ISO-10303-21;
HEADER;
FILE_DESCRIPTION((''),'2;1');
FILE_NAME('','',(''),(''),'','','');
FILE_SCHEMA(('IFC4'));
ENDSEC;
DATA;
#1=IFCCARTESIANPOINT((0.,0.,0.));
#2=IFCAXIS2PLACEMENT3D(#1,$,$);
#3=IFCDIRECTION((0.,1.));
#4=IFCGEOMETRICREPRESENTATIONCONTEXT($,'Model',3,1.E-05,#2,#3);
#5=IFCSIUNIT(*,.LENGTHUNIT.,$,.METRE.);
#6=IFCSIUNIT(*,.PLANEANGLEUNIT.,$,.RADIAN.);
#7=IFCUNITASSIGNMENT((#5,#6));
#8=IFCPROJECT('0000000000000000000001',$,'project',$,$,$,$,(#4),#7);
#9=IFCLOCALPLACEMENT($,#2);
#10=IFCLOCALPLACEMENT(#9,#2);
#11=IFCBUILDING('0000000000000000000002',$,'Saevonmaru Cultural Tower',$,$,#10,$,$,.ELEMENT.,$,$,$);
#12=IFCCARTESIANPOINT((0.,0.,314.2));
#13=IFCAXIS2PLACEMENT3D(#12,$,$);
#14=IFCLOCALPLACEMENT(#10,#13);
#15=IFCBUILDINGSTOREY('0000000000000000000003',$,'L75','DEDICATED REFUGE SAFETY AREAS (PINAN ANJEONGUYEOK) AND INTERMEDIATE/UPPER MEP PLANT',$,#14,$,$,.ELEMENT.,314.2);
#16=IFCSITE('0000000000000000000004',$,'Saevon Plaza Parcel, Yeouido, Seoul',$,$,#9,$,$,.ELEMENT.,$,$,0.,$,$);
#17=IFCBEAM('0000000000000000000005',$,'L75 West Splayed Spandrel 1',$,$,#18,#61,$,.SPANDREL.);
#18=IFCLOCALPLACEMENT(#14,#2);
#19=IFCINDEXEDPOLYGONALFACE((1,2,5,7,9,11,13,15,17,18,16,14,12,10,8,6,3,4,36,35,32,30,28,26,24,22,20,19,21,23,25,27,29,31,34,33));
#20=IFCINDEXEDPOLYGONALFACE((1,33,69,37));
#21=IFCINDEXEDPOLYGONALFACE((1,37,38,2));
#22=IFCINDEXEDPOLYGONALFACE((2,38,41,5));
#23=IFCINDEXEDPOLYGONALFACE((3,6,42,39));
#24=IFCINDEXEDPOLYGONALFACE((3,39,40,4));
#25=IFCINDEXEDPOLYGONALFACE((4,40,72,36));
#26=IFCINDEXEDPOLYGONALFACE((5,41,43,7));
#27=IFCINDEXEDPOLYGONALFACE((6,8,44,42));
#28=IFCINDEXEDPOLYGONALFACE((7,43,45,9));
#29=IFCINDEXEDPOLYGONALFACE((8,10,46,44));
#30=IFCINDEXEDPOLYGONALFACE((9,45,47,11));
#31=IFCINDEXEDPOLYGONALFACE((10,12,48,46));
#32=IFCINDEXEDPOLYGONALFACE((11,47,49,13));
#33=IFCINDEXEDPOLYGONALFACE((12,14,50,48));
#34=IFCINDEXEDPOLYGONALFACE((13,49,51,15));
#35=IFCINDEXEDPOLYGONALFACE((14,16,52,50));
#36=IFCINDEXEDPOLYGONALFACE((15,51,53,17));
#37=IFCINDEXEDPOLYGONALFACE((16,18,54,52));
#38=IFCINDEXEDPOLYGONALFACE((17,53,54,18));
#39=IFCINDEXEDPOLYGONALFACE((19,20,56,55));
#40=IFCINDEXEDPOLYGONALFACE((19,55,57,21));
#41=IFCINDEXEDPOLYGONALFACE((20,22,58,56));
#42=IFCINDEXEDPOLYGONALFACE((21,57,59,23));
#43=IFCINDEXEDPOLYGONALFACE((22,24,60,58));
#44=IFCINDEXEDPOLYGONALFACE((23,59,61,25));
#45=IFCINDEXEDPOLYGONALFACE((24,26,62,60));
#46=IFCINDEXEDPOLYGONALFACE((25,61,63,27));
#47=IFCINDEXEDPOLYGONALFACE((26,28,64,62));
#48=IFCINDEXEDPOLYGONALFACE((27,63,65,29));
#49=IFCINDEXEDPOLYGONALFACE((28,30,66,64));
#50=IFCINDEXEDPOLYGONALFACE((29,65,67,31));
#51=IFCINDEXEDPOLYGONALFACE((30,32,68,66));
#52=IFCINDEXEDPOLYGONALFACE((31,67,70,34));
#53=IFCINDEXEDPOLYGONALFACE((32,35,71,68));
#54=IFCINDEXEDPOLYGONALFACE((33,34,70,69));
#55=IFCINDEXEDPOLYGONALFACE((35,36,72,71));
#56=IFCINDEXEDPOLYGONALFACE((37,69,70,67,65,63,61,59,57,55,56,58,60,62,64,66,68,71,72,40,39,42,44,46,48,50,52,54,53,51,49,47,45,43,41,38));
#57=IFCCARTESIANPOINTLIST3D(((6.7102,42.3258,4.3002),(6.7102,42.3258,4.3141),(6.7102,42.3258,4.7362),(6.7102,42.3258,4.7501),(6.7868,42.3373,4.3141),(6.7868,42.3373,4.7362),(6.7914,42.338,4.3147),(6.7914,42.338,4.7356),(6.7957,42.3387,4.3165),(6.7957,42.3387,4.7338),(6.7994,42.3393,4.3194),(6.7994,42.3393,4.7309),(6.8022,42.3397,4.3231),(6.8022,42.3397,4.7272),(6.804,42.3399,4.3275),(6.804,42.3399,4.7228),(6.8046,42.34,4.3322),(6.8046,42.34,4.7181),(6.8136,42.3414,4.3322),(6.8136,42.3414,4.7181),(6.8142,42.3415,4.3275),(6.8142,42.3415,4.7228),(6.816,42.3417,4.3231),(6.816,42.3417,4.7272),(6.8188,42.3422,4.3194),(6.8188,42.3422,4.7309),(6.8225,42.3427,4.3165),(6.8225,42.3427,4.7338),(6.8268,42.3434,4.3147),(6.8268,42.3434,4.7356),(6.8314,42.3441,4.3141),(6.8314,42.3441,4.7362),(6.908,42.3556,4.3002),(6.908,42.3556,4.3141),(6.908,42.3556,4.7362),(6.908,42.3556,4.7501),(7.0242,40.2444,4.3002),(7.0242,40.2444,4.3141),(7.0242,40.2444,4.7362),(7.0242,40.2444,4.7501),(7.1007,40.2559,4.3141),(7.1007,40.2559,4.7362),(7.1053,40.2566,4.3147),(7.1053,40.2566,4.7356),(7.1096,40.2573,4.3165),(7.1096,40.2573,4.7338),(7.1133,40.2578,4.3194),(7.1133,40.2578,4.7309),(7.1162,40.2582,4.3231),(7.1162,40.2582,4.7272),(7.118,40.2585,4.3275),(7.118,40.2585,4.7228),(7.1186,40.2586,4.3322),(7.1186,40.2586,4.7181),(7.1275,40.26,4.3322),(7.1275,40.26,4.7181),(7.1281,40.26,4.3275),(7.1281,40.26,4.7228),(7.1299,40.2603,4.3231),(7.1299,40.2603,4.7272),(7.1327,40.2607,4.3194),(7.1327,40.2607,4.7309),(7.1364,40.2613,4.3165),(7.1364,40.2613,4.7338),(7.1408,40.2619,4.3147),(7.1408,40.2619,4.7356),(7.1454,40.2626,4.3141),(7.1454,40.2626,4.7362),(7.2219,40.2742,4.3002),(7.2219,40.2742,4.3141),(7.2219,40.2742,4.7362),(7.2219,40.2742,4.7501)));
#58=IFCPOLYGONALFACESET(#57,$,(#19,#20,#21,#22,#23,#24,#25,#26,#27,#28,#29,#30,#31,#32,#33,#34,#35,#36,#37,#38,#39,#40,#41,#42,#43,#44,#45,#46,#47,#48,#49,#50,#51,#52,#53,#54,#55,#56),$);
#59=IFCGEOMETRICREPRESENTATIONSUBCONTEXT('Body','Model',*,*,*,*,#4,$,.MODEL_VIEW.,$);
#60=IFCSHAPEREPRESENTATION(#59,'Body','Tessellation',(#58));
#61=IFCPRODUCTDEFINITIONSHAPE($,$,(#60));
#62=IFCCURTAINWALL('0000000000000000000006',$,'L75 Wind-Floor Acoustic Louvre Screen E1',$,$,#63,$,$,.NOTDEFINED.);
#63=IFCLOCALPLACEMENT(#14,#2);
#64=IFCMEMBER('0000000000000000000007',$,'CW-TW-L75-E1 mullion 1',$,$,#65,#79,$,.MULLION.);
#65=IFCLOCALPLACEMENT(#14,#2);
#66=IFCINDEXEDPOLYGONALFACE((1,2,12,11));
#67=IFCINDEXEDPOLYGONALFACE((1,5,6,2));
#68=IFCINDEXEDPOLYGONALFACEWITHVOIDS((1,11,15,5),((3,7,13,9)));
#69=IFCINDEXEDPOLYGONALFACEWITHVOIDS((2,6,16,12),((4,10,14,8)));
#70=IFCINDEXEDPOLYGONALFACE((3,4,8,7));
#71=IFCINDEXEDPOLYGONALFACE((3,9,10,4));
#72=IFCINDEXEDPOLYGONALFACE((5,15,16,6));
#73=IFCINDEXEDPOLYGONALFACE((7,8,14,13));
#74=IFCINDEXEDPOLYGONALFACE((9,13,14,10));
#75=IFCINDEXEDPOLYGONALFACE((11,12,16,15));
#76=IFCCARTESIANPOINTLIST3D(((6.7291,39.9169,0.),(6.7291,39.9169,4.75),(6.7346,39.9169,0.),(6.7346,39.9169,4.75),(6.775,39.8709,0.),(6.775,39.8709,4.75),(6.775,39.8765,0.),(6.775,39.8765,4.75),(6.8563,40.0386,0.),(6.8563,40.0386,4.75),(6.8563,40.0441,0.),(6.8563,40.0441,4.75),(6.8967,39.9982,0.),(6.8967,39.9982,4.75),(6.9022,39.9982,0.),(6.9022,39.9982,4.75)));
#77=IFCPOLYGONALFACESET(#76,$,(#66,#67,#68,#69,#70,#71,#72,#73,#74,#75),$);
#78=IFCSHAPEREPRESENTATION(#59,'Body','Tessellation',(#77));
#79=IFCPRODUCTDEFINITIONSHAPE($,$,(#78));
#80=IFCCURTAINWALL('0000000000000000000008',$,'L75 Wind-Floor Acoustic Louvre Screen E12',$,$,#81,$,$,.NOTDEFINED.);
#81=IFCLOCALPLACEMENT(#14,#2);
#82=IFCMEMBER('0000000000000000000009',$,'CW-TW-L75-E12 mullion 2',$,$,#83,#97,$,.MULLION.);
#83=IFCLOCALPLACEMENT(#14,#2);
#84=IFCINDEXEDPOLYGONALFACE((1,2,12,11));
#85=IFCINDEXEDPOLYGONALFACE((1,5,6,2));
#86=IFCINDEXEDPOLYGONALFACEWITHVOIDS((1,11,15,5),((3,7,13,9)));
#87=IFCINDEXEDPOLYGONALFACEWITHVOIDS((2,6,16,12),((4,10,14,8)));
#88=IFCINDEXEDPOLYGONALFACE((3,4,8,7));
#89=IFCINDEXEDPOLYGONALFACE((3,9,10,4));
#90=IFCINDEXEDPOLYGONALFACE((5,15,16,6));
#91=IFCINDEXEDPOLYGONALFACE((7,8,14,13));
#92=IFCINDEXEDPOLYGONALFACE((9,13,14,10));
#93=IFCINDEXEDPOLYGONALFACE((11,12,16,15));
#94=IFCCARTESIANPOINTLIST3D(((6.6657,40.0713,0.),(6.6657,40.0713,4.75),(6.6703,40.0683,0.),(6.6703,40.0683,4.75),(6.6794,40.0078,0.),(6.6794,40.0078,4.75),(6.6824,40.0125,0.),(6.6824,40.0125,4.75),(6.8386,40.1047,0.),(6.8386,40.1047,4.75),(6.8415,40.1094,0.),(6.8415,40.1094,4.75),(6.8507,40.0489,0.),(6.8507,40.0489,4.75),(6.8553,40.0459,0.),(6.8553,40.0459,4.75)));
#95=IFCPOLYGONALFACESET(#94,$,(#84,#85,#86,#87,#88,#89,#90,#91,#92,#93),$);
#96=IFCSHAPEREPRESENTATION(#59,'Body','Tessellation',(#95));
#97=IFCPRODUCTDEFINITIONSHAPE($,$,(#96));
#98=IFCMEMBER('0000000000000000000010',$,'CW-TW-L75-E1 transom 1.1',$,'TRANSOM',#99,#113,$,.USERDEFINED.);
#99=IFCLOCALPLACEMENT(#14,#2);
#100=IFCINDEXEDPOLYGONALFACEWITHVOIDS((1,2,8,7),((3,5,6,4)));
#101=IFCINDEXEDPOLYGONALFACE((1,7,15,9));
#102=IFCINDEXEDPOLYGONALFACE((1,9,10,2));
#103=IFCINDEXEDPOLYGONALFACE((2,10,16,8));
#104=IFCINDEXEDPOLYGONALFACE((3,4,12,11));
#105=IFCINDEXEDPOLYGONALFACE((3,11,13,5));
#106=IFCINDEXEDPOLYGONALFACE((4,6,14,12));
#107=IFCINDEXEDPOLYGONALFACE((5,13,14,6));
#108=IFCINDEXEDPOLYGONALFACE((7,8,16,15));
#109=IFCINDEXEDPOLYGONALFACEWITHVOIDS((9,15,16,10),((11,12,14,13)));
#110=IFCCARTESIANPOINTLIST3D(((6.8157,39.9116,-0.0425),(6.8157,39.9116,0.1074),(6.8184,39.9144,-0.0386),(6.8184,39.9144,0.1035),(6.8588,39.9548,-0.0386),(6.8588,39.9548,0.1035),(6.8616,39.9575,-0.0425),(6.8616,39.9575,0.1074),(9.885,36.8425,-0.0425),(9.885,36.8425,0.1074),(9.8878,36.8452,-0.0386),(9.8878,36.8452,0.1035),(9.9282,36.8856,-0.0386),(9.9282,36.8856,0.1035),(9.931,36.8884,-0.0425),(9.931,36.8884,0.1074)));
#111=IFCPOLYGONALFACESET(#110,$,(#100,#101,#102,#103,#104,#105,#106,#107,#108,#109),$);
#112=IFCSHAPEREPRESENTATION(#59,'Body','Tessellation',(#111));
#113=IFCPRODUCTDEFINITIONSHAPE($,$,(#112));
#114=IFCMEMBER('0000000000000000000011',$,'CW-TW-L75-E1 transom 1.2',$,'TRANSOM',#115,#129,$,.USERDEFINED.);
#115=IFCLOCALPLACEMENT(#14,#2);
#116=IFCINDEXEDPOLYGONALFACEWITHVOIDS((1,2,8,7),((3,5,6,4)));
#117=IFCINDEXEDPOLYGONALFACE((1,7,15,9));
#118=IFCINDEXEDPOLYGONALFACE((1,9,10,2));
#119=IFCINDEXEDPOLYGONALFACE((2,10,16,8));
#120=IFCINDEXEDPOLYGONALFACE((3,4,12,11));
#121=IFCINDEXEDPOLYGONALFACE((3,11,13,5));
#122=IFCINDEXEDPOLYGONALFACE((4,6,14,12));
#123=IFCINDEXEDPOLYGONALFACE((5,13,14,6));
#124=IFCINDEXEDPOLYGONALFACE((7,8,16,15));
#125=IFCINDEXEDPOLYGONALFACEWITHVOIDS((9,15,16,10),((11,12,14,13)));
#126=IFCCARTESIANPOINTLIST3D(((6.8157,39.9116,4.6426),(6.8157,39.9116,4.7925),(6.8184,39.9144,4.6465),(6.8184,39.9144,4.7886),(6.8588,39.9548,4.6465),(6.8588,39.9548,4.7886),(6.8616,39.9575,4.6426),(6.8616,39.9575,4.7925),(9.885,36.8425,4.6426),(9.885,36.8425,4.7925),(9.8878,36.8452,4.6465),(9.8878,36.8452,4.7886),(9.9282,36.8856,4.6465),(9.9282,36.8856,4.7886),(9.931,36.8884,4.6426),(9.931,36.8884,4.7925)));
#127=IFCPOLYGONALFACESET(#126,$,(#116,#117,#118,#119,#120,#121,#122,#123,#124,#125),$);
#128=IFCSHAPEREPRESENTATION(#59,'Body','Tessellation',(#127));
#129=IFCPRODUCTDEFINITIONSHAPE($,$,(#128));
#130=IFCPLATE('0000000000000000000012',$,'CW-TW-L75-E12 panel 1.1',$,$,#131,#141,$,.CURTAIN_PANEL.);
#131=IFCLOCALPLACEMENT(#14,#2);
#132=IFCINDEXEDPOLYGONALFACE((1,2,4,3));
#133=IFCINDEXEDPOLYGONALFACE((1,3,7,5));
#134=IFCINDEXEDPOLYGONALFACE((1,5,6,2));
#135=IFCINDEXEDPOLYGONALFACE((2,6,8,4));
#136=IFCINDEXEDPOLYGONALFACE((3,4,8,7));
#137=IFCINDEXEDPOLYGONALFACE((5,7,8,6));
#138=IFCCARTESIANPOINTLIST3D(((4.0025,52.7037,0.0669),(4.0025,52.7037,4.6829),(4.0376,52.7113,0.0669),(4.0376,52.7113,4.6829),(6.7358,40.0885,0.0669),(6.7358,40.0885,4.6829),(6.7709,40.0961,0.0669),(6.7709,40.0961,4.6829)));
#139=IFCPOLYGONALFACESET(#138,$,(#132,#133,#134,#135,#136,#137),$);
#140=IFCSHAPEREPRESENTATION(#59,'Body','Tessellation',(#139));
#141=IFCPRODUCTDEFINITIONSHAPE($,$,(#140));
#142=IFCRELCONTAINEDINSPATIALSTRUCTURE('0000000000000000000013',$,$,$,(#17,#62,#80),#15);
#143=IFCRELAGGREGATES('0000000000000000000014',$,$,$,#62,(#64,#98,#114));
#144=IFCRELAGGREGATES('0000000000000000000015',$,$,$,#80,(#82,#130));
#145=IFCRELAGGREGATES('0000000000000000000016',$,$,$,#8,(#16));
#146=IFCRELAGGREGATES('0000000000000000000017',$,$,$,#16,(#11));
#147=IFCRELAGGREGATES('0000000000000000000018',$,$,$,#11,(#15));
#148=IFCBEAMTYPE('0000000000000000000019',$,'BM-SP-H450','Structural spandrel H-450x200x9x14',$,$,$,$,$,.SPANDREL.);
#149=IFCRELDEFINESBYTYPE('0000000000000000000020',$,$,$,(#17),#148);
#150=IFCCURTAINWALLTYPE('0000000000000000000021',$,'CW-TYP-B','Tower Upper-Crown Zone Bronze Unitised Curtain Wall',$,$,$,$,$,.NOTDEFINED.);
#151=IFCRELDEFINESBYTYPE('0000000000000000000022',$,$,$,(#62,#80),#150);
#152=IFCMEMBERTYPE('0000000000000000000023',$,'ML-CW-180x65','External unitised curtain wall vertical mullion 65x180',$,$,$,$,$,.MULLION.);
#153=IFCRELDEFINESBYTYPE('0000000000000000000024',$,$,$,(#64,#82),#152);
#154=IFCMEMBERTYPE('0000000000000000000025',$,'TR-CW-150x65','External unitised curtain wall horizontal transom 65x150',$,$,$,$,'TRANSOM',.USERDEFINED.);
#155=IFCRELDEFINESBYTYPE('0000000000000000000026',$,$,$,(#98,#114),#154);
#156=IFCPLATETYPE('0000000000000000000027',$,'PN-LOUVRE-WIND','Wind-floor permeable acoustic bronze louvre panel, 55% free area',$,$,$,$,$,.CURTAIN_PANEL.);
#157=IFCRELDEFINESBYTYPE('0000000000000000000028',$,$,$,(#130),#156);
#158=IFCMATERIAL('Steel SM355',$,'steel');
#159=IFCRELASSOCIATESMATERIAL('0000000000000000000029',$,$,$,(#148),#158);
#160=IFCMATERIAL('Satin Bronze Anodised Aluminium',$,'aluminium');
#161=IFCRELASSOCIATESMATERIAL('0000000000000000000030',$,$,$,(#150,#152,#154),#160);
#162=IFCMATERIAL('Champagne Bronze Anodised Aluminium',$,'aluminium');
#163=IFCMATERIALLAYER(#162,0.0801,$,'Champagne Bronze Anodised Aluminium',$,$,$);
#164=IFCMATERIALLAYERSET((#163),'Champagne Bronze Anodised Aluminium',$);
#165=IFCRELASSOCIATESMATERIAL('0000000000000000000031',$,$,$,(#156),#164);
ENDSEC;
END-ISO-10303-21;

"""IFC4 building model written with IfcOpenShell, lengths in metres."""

from ifc_helpers import new_model, si_unit, direction, frame, origin, origin_2d, place, context, subcontext, project, spatial, rectangle, hollow_rectangle, i_section, extrude, material, layer, layer_set, material_profile, profile_set, type_object, element, aggregate, save


model = new_model("IFC4")

# Units and contexts
model_context = context("Model", 3, precision=1e-05, world=origin(), true_north=direction((0.0, 1.0)))
body_context = subcontext(model_context, "Body", "Model", "MODEL_VIEW")
ifc_project = project(units=[si_unit("LENGTHUNIT", "METRE"), si_unit("PLANEANGLEUNIT", "RADIAN")], contexts=[model_context])

# Site, building, storey
site_placement = place(None, origin())
site = spatial("IfcSite", under=ifc_project, at=site_placement, Name="Saevon Plaza Parcel, Yeouido, Seoul", CompositionType="ELEMENT", RefElevation=0.0)
building_placement = place(site_placement, origin())
building = spatial("IfcBuilding", under=site, at=building_placement, Name="Saevonmaru Cultural Tower", CompositionType="ELEMENT")
storey_placement = place(building_placement, frame((0.0, 0.0, 314.2)))
storey = spatial("IfcBuildingStorey", under=building, at=storey_placement, Name="L75", Description="DEDICATED REFUGE SAFETY AREAS (PINAN ANJEONGUYEOK) AND INTERMEDIATE/UPPER MEP PLANT", CompositionType="ELEMENT", Elevation=314.2)

# Shared definitions
ifc_material_1 = material(Name="Steel SM355", Category="steel")

# Beam
ifc_material_profile_1 = material_profile(ifc_material_1, i_section(OverallWidth=0.2, OverallDepth=0.45, WebThickness=0.009, FlangeThickness=0.0139, FilletRadius=0.0181, at=origin_2d()), Name="H-450x200x9x14")
ifc_profile_set_1 = profile_set([ifc_material_profile_1], Name="Steel SM355")
beam_type_1 = type_object("IfcBeamType", Name="BM-SP-H450", Description="Structural spandrel H-450x200x9x14", PredefinedType="SPANDREL", material=ifc_profile_set_1)
beam_1_placement = place(storey_placement, frame((7.123, 40.2593, 4.5251), z_axis=(-0.149146, 0.988815, 0.0), x_axis=(-0.988815, -0.149146, 0.0)))
element("IfcBeam", 1, at=beam_1_placement, inside=storey, type_object=beam_type_1, Name="L75 West Splayed Spandrel 1", PredefinedType="SPANDREL", context=body_context, shape_type="SweptSolid", body=[
    extrude(i_section(OverallWidth=0.2, OverallDepth=0.45, WebThickness=0.009, FlangeThickness=0.0139, FilletRadius=0.0181, at=origin_2d()), origin(), (0.0, 0.0, 1.0), 2.105),
])

# Curtain walls, members
ifc_material_2 = material(Name="Satin Bronze Anodised Aluminium", Category="aluminium")
curtain_wall_type = type_object("IfcCurtainWallType", Name="CW-TYP-B", Description="Tower Upper-Crown Zone Bronze Unitised Curtain Wall", PredefinedType="NOTDEFINED", material=ifc_material_2)
curtain_wall_1_placement = place(storey_placement, origin())
curtain_wall_1 = element("IfcCurtainWall", 2, at=curtain_wall_1_placement, inside=storey, type_object=curtain_wall_type, Name="L75 Wind-Floor Acoustic Louvre Screen E1", PredefinedType="NOTDEFINED")
ifc_material_profile_2 = material_profile(ifc_material_2, hollow_rectangle(XDim=0.0649, YDim=0.1799, WallThickness=0.0039, at=origin_2d()), Name="ALU-MULL-180x65x4")
ifc_profile_set_2 = profile_set([ifc_material_profile_2], Name="Satin Bronze Anodised Aluminium")
member_type_1 = type_object("IfcMemberType", Name="ML-CW-180x65", Description="External unitised curtain wall vertical mullion 65x180", PredefinedType="MULLION", material=ifc_profile_set_2)
member_1_placement = place(storey_placement, frame((6.8157, 39.9575, 0.0), z_axis=(0.0, 0.0, 1.0), x_axis=(0.707107, -0.707107, 0.0)))
member_1 = element("IfcMember", 3, at=member_1_placement, type_object=member_type_1, Name="CW-TW-L75-E1 mullion 1", PredefinedType="MULLION", context=body_context, shape_type="SweptSolid", body=[
    extrude(hollow_rectangle(XDim=0.0649, YDim=0.1799, WallThickness=0.0039, at=origin_2d()), origin(), (0.0, 0.0, 1.0), 4.75),
])
curtain_wall_2_placement = place(storey_placement, origin())
curtain_wall_2 = element("IfcCurtainWall", 4, at=curtain_wall_2_placement, inside=storey, type_object=curtain_wall_type, Name="L75 Wind-Floor Acoustic Louvre Screen E12", PredefinedType="NOTDEFINED")
member_2_placement = place(storey_placement, frame((6.7605, 40.0586, 0.0), z_axis=(0.0, 0.0, 1.0), x_axis=(0.21175, -0.977324, 0.0)))
member_2 = element("IfcMember", 5, at=member_2_placement, type_object=member_type_1, Name="CW-TW-L75-E12 mullion 2", PredefinedType="MULLION", context=body_context, shape_type="SweptSolid", body=[
    extrude(hollow_rectangle(XDim=0.0649, YDim=0.1799, WallThickness=0.0039, at=origin_2d()), origin(), (0.0, 0.0, 1.0), 4.75),
])

# Members
ifc_material_profile_3 = material_profile(ifc_material_2, hollow_rectangle(XDim=0.0649, YDim=0.1499, WallThickness=0.0039, at=origin_2d()), Name="ALU-TRAN-150x65x4")
ifc_profile_set_3 = profile_set([ifc_material_profile_3], Name="Satin Bronze Anodised Aluminium")
member_type_2 = type_object("IfcMemberType", Name="TR-CW-150x65", Description="External unitised curtain wall horizontal transom 65x150", ElementType="TRANSOM", PredefinedType="USERDEFINED", material=ifc_profile_set_3)
member_3_placement = place(storey_placement, frame((6.8386, 39.9346, 0.0325), z_axis=(0.707135, -0.707079, 0.0), x_axis=(0.707079, 0.707135, 0.0)))
member_3 = element("IfcMember", 6, at=member_3_placement, type_object=member_type_2, Name="CW-TW-L75-E1 transom 1.1", ObjectType="TRANSOM", PredefinedType="USERDEFINED", context=body_context, shape_type="SweptSolid", body=[
    extrude(hollow_rectangle(XDim=0.0649, YDim=0.1499, WallThickness=0.0039, at=origin_2d()), origin(), (0.0, 0.0, 1.0), 4.3406),
])
member_4_placement = place(storey_placement, frame((6.8386, 39.9346, 4.7175), z_axis=(0.707135, -0.707079, 0.0), x_axis=(0.707079, 0.707135, 0.0)))
member_4 = element("IfcMember", 7, at=member_4_placement, type_object=member_type_2, Name="CW-TW-L75-E1 transom 1.2", ObjectType="TRANSOM", PredefinedType="USERDEFINED", context=body_context, shape_type="SweptSolid", body=[
    extrude(hollow_rectangle(XDim=0.0649, YDim=0.1499, WallThickness=0.0039, at=origin_2d()), origin(), (0.0, 0.0, 1.0), 4.3406),
])
aggregate(curtain_wall_1, [member_1, member_3, member_4])

# Plate
ifc_material_3 = material(Name="Champagne Bronze Anodised Aluminium", Category="aluminium")
ifc_layer_1 = layer(ifc_material_3, 0.0801, Name="Champagne Bronze Anodised Aluminium")
ifc_layer_set_1 = layer_set([ifc_layer_1], Name="Champagne Bronze Anodised Aluminium")
plate_type = type_object("IfcPlateType", Name="PN-LOUVRE-WIND", Description="Wind-floor permeable acoustic bronze louvre panel, 55% free area", PredefinedType="CURTAIN_PANEL", material=ifc_layer_set_1)
plate_placement = place(storey_placement, frame((5.3867, 46.3999, 0.0669), z_axis=(0.0, 0.0, 1.0), x_axis=(0.21175, -0.977324, 0.0)))
plate = element("IfcPlate", 8, at=plate_placement, type_object=plate_type, Name="CW-TW-L75-E12 panel 1.1", PredefinedType="CURTAIN_PANEL", context=body_context, shape_type="SweptSolid", body=[
    extrude(rectangle(XDim=12.908, YDim=0.0359, at=origin_2d()), origin(), (0.0, 0.0, 1.0), 4.616),
])
aggregate(curtain_wall_2, [member_2, plate])

save(model, "model.ifc")
